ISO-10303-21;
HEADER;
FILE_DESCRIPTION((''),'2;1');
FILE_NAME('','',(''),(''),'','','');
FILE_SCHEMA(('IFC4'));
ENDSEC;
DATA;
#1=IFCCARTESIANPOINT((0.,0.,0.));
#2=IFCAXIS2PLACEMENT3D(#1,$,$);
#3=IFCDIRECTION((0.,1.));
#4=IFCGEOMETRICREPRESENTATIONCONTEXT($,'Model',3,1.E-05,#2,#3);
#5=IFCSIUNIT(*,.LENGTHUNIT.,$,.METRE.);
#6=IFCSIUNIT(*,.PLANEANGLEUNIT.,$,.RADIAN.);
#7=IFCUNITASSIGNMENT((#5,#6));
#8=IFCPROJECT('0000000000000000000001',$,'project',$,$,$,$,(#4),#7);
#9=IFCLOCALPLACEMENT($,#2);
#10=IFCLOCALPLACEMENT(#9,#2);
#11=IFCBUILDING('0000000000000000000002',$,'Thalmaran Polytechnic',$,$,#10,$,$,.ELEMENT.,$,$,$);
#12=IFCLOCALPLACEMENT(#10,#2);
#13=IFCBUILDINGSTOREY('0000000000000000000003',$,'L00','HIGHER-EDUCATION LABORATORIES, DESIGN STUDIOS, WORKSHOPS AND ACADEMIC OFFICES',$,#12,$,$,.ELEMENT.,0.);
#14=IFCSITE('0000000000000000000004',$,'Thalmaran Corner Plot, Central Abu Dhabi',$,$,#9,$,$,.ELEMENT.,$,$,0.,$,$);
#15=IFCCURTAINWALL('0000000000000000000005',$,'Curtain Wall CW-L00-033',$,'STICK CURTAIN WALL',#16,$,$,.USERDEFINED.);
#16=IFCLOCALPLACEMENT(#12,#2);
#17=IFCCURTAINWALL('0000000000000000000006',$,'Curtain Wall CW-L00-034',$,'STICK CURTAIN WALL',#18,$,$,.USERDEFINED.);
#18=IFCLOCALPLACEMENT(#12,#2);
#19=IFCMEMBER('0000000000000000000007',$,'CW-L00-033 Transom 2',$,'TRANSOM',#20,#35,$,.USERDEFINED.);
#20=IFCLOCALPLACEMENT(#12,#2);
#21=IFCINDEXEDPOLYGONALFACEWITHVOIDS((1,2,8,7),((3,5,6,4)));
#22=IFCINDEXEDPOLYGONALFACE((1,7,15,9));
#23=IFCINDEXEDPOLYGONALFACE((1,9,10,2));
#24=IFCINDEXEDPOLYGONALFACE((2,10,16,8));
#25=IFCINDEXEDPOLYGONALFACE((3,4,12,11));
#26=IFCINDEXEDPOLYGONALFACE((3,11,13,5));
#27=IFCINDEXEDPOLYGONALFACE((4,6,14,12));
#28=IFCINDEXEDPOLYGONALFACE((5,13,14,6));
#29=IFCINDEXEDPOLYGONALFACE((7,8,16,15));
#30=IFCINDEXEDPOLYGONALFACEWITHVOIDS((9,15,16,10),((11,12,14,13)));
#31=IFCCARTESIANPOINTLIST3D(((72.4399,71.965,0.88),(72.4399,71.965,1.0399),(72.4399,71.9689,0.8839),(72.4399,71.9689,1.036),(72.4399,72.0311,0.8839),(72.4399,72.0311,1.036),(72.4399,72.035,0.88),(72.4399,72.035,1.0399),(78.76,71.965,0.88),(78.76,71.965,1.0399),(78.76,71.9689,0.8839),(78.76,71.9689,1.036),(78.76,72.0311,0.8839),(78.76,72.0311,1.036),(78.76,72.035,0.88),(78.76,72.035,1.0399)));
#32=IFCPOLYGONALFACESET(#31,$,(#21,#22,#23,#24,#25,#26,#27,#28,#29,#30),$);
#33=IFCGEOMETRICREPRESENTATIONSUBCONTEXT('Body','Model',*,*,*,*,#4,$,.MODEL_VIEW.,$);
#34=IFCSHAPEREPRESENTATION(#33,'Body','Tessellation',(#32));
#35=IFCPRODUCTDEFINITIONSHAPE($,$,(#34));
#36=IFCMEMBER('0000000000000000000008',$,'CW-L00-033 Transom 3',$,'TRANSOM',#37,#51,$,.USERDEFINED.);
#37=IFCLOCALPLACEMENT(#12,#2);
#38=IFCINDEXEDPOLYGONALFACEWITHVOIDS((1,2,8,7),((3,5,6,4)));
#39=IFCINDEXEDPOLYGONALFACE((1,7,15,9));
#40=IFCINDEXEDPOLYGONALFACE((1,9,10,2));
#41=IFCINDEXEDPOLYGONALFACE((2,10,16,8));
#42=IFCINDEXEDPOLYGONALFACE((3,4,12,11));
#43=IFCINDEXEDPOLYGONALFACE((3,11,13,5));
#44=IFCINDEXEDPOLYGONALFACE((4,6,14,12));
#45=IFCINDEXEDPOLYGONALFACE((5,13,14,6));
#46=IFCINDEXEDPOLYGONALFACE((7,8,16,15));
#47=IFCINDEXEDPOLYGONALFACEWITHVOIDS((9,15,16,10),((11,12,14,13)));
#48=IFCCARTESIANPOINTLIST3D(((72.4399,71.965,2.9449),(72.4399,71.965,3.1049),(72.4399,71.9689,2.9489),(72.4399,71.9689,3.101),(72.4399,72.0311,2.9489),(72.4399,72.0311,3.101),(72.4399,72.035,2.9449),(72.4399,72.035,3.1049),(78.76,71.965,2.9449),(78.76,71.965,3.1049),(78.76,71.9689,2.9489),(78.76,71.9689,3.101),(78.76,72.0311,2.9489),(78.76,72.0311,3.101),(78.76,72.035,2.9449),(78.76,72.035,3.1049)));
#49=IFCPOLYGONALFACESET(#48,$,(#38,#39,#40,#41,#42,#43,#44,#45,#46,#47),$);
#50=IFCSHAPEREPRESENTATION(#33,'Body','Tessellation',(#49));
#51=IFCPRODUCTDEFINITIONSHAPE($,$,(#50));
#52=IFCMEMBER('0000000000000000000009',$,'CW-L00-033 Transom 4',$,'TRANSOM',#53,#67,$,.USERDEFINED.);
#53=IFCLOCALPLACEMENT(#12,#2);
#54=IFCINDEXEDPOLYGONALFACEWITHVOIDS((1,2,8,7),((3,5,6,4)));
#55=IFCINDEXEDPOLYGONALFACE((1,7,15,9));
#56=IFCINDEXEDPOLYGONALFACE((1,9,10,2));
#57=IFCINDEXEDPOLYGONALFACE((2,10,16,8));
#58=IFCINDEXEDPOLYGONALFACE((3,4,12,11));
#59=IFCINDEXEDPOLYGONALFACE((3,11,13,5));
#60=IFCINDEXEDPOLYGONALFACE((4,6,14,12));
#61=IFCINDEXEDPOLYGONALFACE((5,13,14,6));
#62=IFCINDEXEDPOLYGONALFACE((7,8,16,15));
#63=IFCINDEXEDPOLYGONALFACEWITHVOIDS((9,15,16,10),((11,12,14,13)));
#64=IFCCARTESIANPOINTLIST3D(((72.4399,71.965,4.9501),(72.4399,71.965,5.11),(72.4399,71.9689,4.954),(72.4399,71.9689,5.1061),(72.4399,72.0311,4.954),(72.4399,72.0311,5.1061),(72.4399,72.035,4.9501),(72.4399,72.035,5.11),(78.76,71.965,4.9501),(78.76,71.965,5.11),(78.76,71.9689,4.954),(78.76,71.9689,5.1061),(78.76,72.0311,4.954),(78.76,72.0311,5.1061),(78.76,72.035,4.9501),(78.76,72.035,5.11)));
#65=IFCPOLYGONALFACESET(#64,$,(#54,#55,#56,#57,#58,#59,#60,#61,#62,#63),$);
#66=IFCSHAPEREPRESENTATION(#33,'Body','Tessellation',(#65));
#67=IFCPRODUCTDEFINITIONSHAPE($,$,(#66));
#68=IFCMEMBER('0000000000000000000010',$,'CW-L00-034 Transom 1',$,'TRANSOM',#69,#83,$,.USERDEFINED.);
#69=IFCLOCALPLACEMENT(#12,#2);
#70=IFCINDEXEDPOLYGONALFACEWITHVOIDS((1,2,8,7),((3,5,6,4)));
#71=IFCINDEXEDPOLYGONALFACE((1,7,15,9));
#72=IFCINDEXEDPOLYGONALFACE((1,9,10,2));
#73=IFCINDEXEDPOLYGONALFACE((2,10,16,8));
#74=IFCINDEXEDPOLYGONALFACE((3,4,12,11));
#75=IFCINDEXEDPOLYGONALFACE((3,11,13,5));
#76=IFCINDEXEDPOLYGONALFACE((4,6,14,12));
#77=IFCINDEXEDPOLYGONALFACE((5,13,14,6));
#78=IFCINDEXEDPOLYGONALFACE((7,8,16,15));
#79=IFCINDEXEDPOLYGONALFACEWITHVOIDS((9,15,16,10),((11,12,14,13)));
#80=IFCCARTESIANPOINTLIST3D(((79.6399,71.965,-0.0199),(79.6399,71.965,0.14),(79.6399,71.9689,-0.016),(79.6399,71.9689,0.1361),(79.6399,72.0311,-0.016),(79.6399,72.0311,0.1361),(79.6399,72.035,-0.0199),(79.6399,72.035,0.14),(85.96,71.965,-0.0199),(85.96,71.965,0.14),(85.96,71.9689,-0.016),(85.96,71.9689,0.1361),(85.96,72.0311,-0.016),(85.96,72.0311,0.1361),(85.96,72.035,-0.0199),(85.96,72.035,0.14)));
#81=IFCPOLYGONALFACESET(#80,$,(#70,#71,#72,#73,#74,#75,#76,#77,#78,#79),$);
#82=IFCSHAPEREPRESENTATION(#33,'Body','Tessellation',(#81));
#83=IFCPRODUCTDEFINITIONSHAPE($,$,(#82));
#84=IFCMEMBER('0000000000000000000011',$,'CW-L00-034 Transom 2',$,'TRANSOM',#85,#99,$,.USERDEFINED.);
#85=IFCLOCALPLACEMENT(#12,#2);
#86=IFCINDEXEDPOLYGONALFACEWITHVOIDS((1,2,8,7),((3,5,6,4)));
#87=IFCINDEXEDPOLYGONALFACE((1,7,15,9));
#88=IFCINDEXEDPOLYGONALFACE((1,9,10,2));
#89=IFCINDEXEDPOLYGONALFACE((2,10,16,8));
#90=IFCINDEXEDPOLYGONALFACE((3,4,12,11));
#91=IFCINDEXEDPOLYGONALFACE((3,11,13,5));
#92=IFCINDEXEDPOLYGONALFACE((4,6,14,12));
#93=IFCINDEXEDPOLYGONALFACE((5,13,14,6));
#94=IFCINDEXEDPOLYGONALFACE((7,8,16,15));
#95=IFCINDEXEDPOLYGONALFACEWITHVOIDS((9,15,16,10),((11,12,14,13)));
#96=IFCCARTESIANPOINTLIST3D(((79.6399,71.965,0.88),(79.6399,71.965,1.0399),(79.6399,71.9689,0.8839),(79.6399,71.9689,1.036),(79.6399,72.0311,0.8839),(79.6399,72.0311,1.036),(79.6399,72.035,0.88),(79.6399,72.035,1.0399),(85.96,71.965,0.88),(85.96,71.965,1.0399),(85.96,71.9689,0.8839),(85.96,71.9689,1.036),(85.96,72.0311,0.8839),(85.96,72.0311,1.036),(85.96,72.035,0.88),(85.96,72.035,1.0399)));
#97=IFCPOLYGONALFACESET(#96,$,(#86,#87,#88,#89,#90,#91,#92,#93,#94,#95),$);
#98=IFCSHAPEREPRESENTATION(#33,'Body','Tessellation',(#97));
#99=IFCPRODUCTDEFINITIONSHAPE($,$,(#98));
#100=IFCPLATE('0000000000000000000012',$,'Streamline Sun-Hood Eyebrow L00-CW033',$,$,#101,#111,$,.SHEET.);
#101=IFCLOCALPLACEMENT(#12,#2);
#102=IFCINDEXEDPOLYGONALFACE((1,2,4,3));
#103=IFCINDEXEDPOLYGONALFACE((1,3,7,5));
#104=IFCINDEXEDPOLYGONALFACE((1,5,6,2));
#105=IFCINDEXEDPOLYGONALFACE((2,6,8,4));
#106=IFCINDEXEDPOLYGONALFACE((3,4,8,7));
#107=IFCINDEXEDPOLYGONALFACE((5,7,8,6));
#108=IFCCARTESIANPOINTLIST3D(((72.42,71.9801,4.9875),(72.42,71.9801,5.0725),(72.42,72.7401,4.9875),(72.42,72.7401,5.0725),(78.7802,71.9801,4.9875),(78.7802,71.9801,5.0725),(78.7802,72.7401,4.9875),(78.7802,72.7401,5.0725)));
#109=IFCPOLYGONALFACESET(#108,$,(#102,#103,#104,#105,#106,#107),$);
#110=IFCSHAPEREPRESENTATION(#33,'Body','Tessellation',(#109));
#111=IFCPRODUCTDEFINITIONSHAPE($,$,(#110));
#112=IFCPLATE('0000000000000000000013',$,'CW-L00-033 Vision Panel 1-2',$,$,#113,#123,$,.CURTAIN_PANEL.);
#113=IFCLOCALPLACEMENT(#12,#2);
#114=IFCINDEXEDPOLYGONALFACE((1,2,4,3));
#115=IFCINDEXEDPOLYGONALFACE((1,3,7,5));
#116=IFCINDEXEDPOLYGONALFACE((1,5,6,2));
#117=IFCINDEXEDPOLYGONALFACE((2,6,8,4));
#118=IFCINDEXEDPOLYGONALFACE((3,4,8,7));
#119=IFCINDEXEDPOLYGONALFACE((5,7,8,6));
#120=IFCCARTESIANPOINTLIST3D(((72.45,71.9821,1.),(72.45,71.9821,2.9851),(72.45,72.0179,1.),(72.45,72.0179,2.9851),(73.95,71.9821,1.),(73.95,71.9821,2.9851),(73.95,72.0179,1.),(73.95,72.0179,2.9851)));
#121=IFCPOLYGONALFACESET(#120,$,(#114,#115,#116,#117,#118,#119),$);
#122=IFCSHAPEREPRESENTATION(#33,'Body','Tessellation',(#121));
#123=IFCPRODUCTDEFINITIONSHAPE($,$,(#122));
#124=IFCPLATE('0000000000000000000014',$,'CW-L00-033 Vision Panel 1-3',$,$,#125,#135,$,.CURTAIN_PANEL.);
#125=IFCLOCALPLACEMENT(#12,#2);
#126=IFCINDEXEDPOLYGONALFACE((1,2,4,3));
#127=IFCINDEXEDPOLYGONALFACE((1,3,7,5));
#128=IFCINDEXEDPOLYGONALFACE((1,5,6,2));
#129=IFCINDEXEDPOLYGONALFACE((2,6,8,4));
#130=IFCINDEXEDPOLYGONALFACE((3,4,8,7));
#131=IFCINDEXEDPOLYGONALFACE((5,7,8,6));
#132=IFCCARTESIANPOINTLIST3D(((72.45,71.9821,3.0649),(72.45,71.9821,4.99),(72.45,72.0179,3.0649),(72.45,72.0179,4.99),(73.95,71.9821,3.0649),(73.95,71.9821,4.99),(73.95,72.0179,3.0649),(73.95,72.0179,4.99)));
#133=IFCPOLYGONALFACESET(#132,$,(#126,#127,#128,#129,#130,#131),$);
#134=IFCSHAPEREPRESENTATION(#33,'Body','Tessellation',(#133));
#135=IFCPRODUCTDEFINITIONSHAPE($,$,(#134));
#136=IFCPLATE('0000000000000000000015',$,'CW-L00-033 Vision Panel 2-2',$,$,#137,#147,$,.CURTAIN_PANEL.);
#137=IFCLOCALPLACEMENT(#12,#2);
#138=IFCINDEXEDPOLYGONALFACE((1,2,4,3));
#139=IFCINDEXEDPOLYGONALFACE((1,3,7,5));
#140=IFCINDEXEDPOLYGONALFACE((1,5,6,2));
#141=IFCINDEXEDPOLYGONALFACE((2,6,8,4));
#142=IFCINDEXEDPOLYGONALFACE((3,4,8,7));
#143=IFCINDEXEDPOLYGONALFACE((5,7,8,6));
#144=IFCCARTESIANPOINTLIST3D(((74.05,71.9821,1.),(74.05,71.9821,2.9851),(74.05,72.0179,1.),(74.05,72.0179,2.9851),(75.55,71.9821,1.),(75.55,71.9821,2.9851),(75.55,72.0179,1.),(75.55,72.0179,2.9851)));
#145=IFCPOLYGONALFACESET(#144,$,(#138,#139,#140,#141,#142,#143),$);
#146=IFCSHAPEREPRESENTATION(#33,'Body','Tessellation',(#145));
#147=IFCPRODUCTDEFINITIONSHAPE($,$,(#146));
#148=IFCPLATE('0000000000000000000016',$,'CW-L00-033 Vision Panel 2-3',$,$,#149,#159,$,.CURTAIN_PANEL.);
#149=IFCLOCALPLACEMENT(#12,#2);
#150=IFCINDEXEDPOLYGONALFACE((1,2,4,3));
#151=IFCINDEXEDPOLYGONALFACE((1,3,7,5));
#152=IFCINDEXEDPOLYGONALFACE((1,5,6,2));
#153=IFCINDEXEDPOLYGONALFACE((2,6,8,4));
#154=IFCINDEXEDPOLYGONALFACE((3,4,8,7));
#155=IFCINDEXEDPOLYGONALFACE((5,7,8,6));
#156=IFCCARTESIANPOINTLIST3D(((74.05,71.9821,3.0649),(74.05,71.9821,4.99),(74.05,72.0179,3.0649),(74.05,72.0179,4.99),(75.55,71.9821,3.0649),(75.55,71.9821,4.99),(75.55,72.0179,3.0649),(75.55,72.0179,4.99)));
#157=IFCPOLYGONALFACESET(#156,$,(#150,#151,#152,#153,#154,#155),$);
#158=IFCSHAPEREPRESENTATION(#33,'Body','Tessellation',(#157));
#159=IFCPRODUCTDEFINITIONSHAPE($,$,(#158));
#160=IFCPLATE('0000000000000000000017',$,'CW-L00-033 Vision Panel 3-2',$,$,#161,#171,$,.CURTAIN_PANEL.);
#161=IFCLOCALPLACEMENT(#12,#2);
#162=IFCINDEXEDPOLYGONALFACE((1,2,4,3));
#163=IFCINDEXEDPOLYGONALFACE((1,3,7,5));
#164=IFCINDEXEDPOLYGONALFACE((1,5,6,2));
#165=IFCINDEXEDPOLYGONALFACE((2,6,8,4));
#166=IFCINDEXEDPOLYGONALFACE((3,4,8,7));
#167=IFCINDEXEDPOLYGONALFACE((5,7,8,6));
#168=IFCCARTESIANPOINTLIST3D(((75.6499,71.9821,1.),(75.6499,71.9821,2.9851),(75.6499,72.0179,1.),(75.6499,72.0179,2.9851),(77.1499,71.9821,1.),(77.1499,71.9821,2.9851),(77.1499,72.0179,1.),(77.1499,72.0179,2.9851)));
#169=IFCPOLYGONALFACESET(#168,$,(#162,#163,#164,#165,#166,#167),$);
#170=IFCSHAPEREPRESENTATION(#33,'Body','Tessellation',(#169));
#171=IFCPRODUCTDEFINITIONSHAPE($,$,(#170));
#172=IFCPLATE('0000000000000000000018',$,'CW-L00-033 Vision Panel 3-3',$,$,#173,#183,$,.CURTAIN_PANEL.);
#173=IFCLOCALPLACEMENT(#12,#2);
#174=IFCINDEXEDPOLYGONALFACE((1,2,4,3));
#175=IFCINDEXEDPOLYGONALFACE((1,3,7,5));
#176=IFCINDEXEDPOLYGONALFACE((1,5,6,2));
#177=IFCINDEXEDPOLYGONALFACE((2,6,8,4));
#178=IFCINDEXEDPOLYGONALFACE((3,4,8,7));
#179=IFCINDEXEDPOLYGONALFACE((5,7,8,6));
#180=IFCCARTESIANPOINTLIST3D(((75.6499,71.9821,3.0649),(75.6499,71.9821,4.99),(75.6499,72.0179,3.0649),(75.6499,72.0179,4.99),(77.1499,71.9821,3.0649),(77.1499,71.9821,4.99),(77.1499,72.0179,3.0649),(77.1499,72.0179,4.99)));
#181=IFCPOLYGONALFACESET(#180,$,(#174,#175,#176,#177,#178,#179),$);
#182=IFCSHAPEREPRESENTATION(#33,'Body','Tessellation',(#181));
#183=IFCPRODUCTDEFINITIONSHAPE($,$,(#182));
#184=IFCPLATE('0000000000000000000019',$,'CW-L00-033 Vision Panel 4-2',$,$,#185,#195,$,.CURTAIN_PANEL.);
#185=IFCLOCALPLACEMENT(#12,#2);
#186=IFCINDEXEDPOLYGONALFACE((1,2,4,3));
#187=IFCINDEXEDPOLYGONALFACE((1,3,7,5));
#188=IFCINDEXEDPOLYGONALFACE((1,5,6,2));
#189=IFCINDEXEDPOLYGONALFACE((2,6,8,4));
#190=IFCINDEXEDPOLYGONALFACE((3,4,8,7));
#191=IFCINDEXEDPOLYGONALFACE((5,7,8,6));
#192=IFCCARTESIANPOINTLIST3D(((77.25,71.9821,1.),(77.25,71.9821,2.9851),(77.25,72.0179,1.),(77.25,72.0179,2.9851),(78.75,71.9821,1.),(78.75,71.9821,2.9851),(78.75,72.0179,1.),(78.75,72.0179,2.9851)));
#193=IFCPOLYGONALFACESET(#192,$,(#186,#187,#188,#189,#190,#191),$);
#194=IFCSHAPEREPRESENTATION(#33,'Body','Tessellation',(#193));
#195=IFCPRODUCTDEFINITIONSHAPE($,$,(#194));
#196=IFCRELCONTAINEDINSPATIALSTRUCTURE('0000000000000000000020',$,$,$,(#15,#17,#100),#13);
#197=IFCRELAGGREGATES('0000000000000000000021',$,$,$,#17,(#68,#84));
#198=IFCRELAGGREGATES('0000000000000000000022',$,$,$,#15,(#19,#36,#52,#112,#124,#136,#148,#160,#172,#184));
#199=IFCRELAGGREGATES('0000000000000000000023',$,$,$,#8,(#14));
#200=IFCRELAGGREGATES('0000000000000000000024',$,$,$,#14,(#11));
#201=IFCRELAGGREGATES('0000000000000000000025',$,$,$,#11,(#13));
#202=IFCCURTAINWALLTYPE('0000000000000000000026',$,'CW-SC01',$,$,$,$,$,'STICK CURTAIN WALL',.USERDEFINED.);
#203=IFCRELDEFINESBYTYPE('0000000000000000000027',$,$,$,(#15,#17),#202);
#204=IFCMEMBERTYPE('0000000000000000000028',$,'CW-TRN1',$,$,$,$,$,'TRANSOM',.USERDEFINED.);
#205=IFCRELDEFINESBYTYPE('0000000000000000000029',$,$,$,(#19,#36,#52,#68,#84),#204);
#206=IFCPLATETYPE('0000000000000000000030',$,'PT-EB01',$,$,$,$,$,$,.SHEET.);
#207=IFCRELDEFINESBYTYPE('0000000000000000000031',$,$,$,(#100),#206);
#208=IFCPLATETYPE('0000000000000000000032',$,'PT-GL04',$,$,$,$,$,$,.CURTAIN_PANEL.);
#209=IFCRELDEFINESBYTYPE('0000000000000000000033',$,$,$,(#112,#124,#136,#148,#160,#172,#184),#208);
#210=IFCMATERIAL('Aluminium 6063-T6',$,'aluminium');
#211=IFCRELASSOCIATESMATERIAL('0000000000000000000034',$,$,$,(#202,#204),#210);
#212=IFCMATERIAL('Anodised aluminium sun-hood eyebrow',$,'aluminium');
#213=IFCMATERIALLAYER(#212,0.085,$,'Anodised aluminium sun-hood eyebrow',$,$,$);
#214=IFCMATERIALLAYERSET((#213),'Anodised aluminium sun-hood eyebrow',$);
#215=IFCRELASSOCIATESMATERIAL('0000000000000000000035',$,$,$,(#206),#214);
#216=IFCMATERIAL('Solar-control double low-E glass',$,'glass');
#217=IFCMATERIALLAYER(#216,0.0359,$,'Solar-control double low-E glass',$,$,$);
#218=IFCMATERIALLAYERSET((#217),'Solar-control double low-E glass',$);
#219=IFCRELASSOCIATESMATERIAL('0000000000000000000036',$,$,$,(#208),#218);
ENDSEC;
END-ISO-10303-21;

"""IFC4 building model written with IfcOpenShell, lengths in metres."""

from ifc_helpers import new_model, si_unit, direction, frame, origin, origin_2d, place, context, subcontext, project, spatial, rectangle, hollow_rectangle, extrude, material, layer, layer_set, material_profile, profile_set, type_object, element, aggregate, save


model = new_model("IFC4")

# Units and contexts
model_context = context("Model", 3, precision=1e-05, world=origin(), true_north=direction((0.0, 1.0)))
body_context = subcontext(model_context, "Body", "Model", "MODEL_VIEW")
ifc_project = project(units=[si_unit("LENGTHUNIT", "METRE"), si_unit("PLANEANGLEUNIT", "RADIAN")], contexts=[model_context])

# Site, building, storey
site_placement = place(None, origin())
site = spatial("IfcSite", under=ifc_project, at=site_placement, Name="Thalmaran Corner Plot, Central Abu Dhabi", CompositionType="ELEMENT", RefElevation=0.0)
building_placement = place(site_placement, origin())
building = spatial("IfcBuilding", under=site, at=building_placement, Name="Thalmaran Polytechnic", CompositionType="ELEMENT")
storey_placement = place(building_placement, origin())
storey = spatial("IfcBuildingStorey", under=building, at=storey_placement, Name="L00", Description="HIGHER-EDUCATION LABORATORIES, DESIGN STUDIOS, WORKSHOPS AND ACADEMIC OFFICES", CompositionType="ELEMENT", Elevation=0.0)

# Curtain wall
ifc_material_1 = material(Name="Aluminium 6063-T6", Category="aluminium")
curtain_wall_type = type_object("IfcCurtainWallType", Name="CW-SC01", ElementType="STICK CURTAIN WALL", PredefinedType="USERDEFINED", material=ifc_material_1)
curtain_wall_1_placement = place(storey_placement, origin())
curtain_wall_1 = element("IfcCurtainWall", 1, at=curtain_wall_1_placement, inside=storey, type_object=curtain_wall_type, Name="Curtain Wall CW-L00-033", ObjectType="STICK CURTAIN WALL", PredefinedType="USERDEFINED")

# Curtain wall
curtain_wall_2_placement = place(storey_placement, origin())
curtain_wall_2 = element("IfcCurtainWall", 2, at=curtain_wall_2_placement, inside=storey, type_object=curtain_wall_type, Name="Curtain Wall CW-L00-034", ObjectType="STICK CURTAIN WALL", PredefinedType="USERDEFINED")

# Members
ifc_material_profile_1 = material_profile(ifc_material_1, hollow_rectangle(XDim=0.0701, YDim=0.1599, WallThickness=0.0039, at=origin_2d()), Name="AL 160x70x4.0")
ifc_profile_set_1 = profile_set([ifc_material_profile_1], Name="Aluminium 6063-T6")
member_type_1 = type_object("IfcMemberType", Name="CW-TRN1", ElementType="TRANSOM", PredefinedType="USERDEFINED", material=ifc_profile_set_1)
member_1_placement = place(storey_placement, frame((72.4399, 72.0, 0.96), z_axis=(1.0, 0.0, 0.0), x_axis=(0.0, 1.0, 0.0)))
member_1 = element("IfcMember", 3, at=member_1_placement, type_object=member_type_1, Name="CW-L00-033 Transom 2", ObjectType="TRANSOM", PredefinedType="USERDEFINED", context=body_context, shape_type="SweptSolid", body=[
    extrude(hollow_rectangle(XDim=0.0701, YDim=0.1599, WallThickness=0.0039, at=origin_2d()), origin(), (0.0, 0.0, 1.0), 6.3201),
])
member_2_placement = place(storey_placement, frame((72.4399, 72.0, 3.0249), z_axis=(1.0, 0.0, 0.0), x_axis=(0.0, 1.0, 0.0)))
member_2 = element("IfcMember", 4, at=member_2_placement, type_object=member_type_1, Name="CW-L00-033 Transom 3", ObjectType="TRANSOM", PredefinedType="USERDEFINED", context=body_context, shape_type="SweptSolid", body=[
    extrude(hollow_rectangle(XDim=0.0701, YDim=0.1599, WallThickness=0.0039, at=origin_2d()), origin(), (0.0, 0.0, 1.0), 6.3201),
])
member_3_placement = place(storey_placement, frame((72.4399, 72.0, 5.03), z_axis=(1.0, 0.0, 0.0), x_axis=(0.0, 1.0, 0.0)))
member_3 = element("IfcMember", 5, at=member_3_placement, type_object=member_type_1, Name="CW-L00-033 Transom 4", ObjectType="TRANSOM", PredefinedType="USERDEFINED", context=body_context, shape_type="SweptSolid", body=[
    extrude(hollow_rectangle(XDim=0.0701, YDim=0.1599, WallThickness=0.0039, at=origin_2d()), origin(), (0.0, 0.0, 1.0), 6.3201),
])
member_4_placement = place(storey_placement, frame((79.6399, 72.0, 0.0601), z_axis=(1.0, 0.0, 0.0), x_axis=(0.0, 1.0, 0.0)))
member_4 = element("IfcMember", 6, at=member_4_placement, type_object=member_type_1, Name="CW-L00-034 Transom 1", ObjectType="TRANSOM", PredefinedType="USERDEFINED", context=body_context, shape_type="SweptSolid", body=[
    extrude(hollow_rectangle(XDim=0.0701, YDim=0.1599, WallThickness=0.0039, at=origin_2d()), origin(), (0.0, 0.0, 1.0), 6.3201),
])
member_5_placement = place(storey_placement, frame((79.6399, 72.0, 0.96), z_axis=(1.0, 0.0, 0.0), x_axis=(0.0, 1.0, 0.0)))
member_5 = element("IfcMember", 7, at=member_5_placement, type_object=member_type_1, Name="CW-L00-034 Transom 2", ObjectType="TRANSOM", PredefinedType="USERDEFINED", context=body_context, shape_type="SweptSolid", body=[
    extrude(hollow_rectangle(XDim=0.0701, YDim=0.1599, WallThickness=0.0039, at=origin_2d()), origin(), (0.0, 0.0, 1.0), 6.3201),
])
aggregate(curtain_wall_2, [member_4, member_5])

# Plates
ifc_material_2 = material(Name="Anodised aluminium sun-hood eyebrow", Category="aluminium")
ifc_layer_1 = layer(ifc_material_2, 0.085, Name="Anodised aluminium sun-hood eyebrow")
ifc_layer_set_1 = layer_set([ifc_layer_1], Name="Anodised aluminium sun-hood eyebrow")
plate_type_1 = type_object("IfcPlateType", Name="PT-EB01", PredefinedType="SHEET", material=ifc_layer_set_1)
plate_1_placement = place(storey_placement, frame((75.6001, 72.3601, 4.9875), z_axis=(0.0, 0.0, 1.0), x_axis=(1.0, 0.0, 0.0)))
element("IfcPlate", 8, at=plate_1_placement, inside=storey, type_object=plate_type_1, Name="Streamline Sun-Hood Eyebrow L00-CW033", PredefinedType="SHEET", context=body_context, shape_type="SweptSolid", body=[
    extrude(rectangle(XDim=6.3601, YDim=0.76, at=origin_2d()), origin(), (0.0, 0.0, 1.0), 0.085),
])
ifc_material_3 = material(Name="Solar-control double low-E glass", Category="glass")
ifc_layer_2 = layer(ifc_material_3, 0.0359, Name="Solar-control double low-E glass")
ifc_layer_set_2 = layer_set([ifc_layer_2], Name="Solar-control double low-E glass")
plate_type_2 = type_object("IfcPlateType", Name="PT-GL04", PredefinedType="CURTAIN_PANEL", material=ifc_layer_set_2)
plate_2_placement = place(storey_placement, frame((73.2, 72.0, 1.0), z_axis=(0.0, 0.0, 1.0), x_axis=(1.0, 0.0, 0.0)))
plate_2 = element("IfcPlate", 9, at=plate_2_placement, type_object=plate_type_2, Name="CW-L00-033 Vision Panel 1-2", PredefinedType="CURTAIN_PANEL", context=body_context, shape_type="SweptSolid", body=[
    extrude(rectangle(XDim=1.5, YDim=0.0359, at=origin_2d()), origin(), (0.0, 0.0, 1.0), 1.9851),
])
plate_3_placement = place(storey_placement, frame((73.2, 72.0, 3.0649), z_axis=(0.0, 0.0, 1.0), x_axis=(1.0, 0.0, 0.0)))
plate_3 = element("IfcPlate", 10, at=plate_3_placement, type_object=plate_type_2, Name="CW-L00-033 Vision Panel 1-3", PredefinedType="CURTAIN_PANEL", context=body_context, shape_type="SweptSolid", body=[
    extrude(rectangle(XDim=1.5, YDim=0.0359, at=origin_2d()), origin(), (0.0, 0.0, 1.0), 1.925),
])
plate_4_placement = place(storey_placement, frame((74.8, 72.0, 1.0), z_axis=(0.0, 0.0, 1.0), x_axis=(1.0, 0.0, 0.0)))
plate_4 = element("IfcPlate", 11, at=plate_4_placement, type_object=plate_type_2, Name="CW-L00-033 Vision Panel 2-2", PredefinedType="CURTAIN_PANEL", context=body_context, shape_type="SweptSolid", body=[
    extrude(rectangle(XDim=1.5, YDim=0.0359, at=origin_2d()), origin(), (0.0, 0.0, 1.0), 1.9851),
])
plate_5_placement = place(storey_placement, frame((74.8, 72.0, 3.0649), z_axis=(0.0, 0.0, 1.0), x_axis=(1.0, 0.0, 0.0)))
plate_5 = element("IfcPlate", 12, at=plate_5_placement, type_object=plate_type_2, Name="CW-L00-033 Vision Panel 2-3", PredefinedType="CURTAIN_PANEL", context=body_context, shape_type="SweptSolid", body=[
    extrude(rectangle(XDim=1.5, YDim=0.0359, at=origin_2d()), origin(), (0.0, 0.0, 1.0), 1.925),
])
plate_6_placement = place(storey_placement, frame((76.3999, 72.0, 1.0), z_axis=(0.0, 0.0, 1.0), x_axis=(1.0, 0.0, 0.0)))
plate_6 = element("IfcPlate", 13, at=plate_6_placement, type_object=plate_type_2, Name="CW-L00-033 Vision Panel 3-2", PredefinedType="CURTAIN_PANEL", context=body_context, shape_type="SweptSolid", body=[
    extrude(rectangle(XDim=1.5, YDim=0.0359, at=origin_2d()), origin(), (0.0, 0.0, 1.0), 1.9851),
])
plate_7_placement = place(storey_placement, frame((76.3999, 72.0, 3.0649), z_axis=(0.0, 0.0, 1.0), x_axis=(1.0, 0.0, 0.0)))
plate_7 = element("IfcPlate", 14, at=plate_7_placement, type_object=plate_type_2, Name="CW-L00-033 Vision Panel 3-3", PredefinedType="CURTAIN_PANEL", context=body_context, shape_type="SweptSolid", body=[
    extrude(rectangle(XDim=1.5, YDim=0.0359, at=origin_2d()), origin(), (0.0, 0.0, 1.0), 1.925),
])
plate_8_placement = place(storey_placement, frame((78.0, 72.0, 1.0), z_axis=(0.0, 0.0, 1.0), x_axis=(1.0, 0.0, 0.0)))
plate_8 = element("IfcPlate", 15, at=plate_8_placement, type_object=plate_type_2, Name="CW-L00-033 Vision Panel 4-2", PredefinedType="CURTAIN_PANEL", context=body_context, shape_type="SweptSolid", body=[
    extrude(rectangle(XDim=1.5, YDim=0.0359, at=origin_2d()), origin(), (0.0, 0.0, 1.0), 1.9851),
])
aggregate(curtain_wall_1, [member_1, member_2, member_3, plate_2, plate_3, plate_4, plate_5, plate_6, plate_7, plate_8])

save(model, "model.ifc")
